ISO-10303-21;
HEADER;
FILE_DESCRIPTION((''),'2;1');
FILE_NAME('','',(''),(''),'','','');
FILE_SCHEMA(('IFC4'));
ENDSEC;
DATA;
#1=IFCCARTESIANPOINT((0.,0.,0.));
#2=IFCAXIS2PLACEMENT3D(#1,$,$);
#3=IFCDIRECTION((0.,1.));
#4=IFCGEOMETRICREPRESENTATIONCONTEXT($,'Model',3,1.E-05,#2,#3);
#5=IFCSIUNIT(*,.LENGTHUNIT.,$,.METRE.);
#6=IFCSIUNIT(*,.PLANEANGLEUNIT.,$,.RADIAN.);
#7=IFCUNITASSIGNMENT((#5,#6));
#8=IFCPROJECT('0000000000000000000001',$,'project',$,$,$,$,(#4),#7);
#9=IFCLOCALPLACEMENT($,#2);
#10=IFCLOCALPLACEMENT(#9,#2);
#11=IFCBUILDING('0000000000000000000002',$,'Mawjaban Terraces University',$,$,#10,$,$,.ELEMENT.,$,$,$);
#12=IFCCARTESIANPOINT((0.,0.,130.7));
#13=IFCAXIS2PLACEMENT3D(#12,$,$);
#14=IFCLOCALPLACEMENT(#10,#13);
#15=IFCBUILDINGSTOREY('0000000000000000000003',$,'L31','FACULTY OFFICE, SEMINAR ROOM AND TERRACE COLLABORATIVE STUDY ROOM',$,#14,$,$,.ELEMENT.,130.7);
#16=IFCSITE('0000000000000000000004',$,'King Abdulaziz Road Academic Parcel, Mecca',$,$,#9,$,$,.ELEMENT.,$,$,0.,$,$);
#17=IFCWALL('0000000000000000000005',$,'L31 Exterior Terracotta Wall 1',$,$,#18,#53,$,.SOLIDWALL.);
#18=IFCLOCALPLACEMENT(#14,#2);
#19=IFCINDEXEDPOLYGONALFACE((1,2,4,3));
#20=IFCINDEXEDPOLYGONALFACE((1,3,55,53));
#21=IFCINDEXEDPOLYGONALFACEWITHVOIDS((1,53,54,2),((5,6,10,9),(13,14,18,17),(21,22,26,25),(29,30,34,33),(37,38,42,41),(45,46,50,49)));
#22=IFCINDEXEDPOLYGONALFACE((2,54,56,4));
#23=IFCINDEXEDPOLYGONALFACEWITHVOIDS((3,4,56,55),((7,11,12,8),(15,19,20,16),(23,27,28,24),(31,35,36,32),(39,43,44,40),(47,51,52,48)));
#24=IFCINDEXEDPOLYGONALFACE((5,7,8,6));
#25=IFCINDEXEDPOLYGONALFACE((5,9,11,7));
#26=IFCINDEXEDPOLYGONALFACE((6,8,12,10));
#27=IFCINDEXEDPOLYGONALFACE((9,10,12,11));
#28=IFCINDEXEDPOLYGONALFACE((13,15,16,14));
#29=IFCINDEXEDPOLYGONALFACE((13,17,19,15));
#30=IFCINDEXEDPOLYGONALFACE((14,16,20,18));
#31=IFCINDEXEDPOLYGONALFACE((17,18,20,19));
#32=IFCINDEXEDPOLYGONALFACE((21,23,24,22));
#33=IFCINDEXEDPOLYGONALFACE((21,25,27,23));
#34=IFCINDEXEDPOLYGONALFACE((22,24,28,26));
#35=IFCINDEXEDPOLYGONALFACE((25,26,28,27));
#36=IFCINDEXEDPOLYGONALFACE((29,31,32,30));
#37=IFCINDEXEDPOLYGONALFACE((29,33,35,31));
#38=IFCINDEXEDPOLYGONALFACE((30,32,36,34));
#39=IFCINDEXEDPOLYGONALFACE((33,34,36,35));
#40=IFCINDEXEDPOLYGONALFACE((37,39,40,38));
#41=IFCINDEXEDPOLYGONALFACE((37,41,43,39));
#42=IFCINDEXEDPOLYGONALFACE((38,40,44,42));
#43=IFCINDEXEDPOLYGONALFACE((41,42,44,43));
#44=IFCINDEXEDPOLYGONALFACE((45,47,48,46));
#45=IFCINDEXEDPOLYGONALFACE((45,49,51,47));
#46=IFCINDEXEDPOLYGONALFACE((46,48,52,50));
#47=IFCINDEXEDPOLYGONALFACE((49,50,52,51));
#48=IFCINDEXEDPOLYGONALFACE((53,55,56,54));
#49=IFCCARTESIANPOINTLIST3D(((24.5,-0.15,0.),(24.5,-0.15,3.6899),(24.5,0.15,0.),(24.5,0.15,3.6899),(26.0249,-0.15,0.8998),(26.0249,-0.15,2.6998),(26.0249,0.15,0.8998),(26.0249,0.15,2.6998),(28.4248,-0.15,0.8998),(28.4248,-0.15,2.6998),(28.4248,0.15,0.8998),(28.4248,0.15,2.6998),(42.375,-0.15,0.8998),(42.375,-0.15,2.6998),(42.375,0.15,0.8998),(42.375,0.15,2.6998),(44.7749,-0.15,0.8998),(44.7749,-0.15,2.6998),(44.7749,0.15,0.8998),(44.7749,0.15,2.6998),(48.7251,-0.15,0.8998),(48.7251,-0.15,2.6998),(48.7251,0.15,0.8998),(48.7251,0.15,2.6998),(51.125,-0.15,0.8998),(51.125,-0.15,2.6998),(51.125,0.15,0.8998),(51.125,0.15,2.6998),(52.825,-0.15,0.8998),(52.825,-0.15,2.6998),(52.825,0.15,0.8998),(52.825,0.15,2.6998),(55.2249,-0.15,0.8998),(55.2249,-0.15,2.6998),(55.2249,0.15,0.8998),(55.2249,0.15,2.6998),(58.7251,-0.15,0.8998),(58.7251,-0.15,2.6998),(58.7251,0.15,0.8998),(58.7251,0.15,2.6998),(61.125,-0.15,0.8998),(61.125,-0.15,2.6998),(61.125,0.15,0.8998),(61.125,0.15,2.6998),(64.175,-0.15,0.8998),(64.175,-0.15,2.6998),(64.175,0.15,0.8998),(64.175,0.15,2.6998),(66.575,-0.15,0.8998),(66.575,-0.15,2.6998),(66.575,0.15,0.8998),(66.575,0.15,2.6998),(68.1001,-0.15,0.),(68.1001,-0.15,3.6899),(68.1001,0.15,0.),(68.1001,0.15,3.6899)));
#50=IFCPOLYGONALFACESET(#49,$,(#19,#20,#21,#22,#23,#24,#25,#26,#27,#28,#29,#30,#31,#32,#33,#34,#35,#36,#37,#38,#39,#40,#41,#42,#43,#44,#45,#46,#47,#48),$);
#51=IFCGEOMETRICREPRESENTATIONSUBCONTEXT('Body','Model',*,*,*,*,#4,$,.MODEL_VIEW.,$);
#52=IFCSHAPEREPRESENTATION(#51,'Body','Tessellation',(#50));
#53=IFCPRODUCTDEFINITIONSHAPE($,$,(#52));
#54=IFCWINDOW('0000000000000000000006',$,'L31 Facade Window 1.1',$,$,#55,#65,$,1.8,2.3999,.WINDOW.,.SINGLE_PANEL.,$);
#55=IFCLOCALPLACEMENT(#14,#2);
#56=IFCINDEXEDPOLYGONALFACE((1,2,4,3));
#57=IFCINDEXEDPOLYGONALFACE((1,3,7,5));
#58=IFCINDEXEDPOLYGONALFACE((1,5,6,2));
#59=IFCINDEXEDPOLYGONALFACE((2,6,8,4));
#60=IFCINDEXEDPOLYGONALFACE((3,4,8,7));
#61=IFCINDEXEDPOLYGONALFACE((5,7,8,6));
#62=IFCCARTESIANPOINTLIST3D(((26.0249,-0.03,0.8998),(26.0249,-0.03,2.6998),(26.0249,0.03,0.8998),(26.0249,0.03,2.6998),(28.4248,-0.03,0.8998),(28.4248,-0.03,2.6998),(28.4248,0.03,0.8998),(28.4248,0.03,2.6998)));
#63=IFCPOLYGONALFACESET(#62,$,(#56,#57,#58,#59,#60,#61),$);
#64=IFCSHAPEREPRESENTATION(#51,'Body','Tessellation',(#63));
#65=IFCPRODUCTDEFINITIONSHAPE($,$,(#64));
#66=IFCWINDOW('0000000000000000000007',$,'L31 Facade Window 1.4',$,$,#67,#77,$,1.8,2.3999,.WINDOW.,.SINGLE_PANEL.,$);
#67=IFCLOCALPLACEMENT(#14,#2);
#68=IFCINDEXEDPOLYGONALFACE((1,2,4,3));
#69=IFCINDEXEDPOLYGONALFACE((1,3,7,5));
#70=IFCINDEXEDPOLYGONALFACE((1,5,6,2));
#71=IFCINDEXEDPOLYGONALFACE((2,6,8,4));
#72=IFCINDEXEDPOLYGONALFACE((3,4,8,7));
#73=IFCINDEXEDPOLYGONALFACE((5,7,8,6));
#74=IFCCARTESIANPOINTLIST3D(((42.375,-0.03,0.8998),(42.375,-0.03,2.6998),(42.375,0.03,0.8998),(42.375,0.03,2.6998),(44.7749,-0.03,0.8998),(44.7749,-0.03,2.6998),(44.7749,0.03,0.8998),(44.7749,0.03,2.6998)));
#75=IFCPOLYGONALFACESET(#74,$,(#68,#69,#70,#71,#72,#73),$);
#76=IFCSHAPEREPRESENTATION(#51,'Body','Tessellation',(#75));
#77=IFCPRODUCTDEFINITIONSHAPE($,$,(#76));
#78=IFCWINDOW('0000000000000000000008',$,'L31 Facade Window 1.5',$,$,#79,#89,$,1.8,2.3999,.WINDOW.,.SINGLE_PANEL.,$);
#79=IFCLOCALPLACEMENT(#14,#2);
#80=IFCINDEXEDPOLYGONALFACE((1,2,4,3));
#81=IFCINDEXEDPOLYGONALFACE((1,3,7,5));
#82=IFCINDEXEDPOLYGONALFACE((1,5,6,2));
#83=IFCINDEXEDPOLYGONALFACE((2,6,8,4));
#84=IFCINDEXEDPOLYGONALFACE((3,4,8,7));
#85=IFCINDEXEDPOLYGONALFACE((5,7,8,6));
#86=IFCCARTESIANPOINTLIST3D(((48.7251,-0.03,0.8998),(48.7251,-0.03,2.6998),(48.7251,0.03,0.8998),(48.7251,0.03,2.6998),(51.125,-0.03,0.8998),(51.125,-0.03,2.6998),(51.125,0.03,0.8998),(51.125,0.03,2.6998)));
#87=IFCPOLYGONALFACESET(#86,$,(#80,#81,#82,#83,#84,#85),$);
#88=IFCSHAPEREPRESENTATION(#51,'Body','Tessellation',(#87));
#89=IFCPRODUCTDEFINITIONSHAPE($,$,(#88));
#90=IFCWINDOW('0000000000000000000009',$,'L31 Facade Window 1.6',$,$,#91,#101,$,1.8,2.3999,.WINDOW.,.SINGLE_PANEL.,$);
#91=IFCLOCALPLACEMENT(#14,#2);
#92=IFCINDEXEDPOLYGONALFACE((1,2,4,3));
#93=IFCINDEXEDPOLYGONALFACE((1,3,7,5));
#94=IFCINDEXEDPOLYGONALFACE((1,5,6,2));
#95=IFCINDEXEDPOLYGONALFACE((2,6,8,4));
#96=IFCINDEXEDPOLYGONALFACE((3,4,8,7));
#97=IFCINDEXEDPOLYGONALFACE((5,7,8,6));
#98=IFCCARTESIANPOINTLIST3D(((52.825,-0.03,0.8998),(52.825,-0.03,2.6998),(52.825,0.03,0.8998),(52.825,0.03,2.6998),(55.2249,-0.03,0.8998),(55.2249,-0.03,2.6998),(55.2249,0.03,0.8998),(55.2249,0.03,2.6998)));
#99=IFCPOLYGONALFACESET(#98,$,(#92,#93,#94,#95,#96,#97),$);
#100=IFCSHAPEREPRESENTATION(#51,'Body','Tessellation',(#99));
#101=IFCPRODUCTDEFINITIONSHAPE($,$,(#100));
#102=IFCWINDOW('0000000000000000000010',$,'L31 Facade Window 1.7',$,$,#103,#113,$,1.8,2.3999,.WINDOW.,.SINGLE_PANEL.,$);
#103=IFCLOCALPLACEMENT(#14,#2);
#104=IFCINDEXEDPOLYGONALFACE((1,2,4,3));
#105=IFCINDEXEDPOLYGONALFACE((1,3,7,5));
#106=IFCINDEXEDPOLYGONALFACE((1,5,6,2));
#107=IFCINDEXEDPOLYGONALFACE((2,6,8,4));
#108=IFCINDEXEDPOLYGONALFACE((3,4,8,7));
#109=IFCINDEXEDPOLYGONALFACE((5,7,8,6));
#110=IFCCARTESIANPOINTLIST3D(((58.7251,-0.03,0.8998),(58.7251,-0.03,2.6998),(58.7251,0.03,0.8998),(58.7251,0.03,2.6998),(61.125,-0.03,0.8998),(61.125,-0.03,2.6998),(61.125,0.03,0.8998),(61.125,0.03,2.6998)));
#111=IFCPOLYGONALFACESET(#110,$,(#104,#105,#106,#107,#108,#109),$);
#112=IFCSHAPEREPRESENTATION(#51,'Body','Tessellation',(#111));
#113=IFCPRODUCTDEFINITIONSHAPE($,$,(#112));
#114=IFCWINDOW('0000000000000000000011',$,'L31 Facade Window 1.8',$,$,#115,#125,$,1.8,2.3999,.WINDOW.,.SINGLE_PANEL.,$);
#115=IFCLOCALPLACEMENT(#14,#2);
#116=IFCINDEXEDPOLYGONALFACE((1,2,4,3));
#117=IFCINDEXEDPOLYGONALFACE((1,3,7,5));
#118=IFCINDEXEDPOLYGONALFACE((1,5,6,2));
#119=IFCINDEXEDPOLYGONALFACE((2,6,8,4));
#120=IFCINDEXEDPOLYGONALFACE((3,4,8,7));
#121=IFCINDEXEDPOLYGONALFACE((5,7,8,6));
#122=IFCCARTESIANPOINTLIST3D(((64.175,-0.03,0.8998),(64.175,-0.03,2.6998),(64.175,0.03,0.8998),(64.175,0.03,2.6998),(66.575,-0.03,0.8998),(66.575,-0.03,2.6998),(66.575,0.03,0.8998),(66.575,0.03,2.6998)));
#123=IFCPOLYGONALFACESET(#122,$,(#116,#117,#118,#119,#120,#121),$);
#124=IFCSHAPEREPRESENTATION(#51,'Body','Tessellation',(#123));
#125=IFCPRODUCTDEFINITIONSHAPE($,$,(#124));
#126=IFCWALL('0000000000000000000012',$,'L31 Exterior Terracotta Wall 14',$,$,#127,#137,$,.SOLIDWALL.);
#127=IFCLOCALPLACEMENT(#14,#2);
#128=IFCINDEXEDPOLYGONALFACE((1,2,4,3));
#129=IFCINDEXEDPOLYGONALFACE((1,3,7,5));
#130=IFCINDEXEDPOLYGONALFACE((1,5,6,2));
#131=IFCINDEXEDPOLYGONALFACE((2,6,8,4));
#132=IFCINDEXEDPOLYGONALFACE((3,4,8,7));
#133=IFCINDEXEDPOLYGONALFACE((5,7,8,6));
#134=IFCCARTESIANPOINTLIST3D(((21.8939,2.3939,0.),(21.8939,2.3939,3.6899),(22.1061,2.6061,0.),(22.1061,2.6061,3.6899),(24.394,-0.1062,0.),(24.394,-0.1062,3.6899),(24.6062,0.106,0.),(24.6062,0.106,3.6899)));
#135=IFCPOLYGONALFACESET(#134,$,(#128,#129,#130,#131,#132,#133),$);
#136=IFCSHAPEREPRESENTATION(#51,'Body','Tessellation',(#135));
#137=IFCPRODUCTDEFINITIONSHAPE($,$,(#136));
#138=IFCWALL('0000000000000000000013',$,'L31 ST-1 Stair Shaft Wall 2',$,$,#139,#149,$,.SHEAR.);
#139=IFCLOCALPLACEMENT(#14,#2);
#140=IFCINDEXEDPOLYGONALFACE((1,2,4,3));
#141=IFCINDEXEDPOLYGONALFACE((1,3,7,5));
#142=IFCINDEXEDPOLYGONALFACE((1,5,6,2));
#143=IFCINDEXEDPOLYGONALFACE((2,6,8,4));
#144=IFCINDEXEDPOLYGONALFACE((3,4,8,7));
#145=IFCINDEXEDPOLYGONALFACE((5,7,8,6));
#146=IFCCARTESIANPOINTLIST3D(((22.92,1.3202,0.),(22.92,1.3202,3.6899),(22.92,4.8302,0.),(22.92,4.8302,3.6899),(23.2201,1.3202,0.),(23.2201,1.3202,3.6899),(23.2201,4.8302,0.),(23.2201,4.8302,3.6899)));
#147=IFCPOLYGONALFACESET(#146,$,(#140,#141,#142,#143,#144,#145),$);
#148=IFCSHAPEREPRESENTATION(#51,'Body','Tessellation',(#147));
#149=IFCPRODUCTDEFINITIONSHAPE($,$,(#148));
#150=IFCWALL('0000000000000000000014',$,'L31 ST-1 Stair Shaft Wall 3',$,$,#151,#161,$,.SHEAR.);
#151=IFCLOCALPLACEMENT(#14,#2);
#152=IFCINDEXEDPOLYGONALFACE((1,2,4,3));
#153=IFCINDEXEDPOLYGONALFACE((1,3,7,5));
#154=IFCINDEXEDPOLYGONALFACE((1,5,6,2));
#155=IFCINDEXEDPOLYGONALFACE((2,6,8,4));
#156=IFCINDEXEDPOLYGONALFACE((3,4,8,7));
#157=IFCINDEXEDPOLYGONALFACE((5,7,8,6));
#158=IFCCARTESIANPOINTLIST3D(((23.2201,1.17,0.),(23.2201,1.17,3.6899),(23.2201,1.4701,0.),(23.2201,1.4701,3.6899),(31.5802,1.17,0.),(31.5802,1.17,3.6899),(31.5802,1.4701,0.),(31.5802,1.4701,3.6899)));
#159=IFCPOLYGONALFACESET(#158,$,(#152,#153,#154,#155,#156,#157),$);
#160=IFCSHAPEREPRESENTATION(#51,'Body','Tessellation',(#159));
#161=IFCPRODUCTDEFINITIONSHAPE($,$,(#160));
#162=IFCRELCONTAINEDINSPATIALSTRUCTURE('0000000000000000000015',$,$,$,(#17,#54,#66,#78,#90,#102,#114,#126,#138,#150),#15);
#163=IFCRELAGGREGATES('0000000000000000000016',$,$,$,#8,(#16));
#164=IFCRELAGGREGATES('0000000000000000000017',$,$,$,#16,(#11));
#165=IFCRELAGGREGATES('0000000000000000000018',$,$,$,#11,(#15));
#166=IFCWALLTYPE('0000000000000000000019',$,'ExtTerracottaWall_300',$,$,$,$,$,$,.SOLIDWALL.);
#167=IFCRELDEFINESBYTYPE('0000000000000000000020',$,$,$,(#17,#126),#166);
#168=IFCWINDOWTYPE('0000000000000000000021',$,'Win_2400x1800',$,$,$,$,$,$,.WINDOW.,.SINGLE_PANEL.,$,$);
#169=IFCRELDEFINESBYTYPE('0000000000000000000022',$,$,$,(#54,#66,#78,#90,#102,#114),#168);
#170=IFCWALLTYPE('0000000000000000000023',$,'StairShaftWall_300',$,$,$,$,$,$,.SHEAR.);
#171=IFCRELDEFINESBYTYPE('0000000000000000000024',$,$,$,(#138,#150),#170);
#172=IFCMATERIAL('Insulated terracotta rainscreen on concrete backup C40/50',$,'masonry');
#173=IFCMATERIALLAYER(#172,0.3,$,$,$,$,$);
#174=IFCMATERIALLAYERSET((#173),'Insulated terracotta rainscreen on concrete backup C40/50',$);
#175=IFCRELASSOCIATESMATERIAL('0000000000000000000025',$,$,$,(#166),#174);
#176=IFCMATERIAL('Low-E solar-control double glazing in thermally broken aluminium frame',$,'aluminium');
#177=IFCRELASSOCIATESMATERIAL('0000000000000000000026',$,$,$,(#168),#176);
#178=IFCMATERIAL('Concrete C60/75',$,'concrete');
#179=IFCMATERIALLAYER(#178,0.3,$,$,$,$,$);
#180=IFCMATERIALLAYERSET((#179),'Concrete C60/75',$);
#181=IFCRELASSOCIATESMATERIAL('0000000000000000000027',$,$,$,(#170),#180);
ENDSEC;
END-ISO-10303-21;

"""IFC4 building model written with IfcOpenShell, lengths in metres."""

from ifc_helpers import new_model, si_unit, direction, frame, frame_2d, origin, place, context, subcontext, project, spatial, rectangle, extrude, material, layer, layer_set, type_object, element, fill, save


model = new_model("IFC4")

# Units and contexts
model_context = context("Model", 3, precision=1e-05, world=origin(), true_north=direction((0.0, 1.0)))
body_context = subcontext(model_context, "Body", "Model", "MODEL_VIEW")
ifc_project = project(units=[si_unit("LENGTHUNIT", "METRE"), si_unit("PLANEANGLEUNIT", "RADIAN")], contexts=[model_context])

# Site, building, storey
site_placement = place(None, origin())
site = spatial("IfcSite", under=ifc_project, at=site_placement, Name="King Abdulaziz Road Academic Parcel, Mecca", CompositionType="ELEMENT", RefElevation=0.0)
building_placement = place(site_placement, origin())
building = spatial("IfcBuilding", under=site, at=building_placement, Name="Mawjaban Terraces University", CompositionType="ELEMENT")
storey_placement = place(building_placement, frame((0.0, 0.0, 130.7)))
storey = spatial("IfcBuildingStorey", under=building, at=storey_placement, Name="L31", Description="FACULTY OFFICE, SEMINAR ROOM AND TERRACE COLLABORATIVE STUDY ROOM", CompositionType="ELEMENT", Elevation=130.7)

# Shared definitions
ifc_material_1 = material(Name="Concrete C60/75", Category="concrete")

# Wall, openings, windows
ifc_material_2 = material(Name="Insulated terracotta rainscreen on concrete backup C40/50", Category="masonry")
ifc_layer_1 = layer(ifc_material_2, 0.3)
ifc_layer_set_1 = layer_set([ifc_layer_1], Name="Insulated terracotta rainscreen on concrete backup C40/50")
wall_type_1 = type_object("IfcWallType", Name="ExtTerracottaWall_300", PredefinedType="SOLIDWALL", material=ifc_layer_set_1)
wall_1_placement = place(storey_placement, frame((24.5, 0.0, 0.0), z_axis=(0.0, 0.0, 1.0), x_axis=(1.0, 0.0, 0.0)))
wall_1 = element("IfcWall", 1, at=wall_1_placement, inside=storey, type_object=wall_type_1, Name="L31 Exterior Terracotta Wall 1", PredefinedType="SOLIDWALL", context=body_context, shape_type="SweptSolid", body=[
    extrude(rectangle(XDim=43.6001, YDim=0.3, at=frame_2d((21.8, 0.0))), origin(), (0.0, 0.0, 1.0), 3.6899),
])
opening_1_placement = place(wall_1_placement, frame((1.5249, 0.0, 0.8999)))
opening_1 = element("IfcOpeningElement", 2, at=opening_1_placement, cuts=wall_1, PredefinedType="OPENING", context=body_context, shape_type="SweptSolid", body=[
    extrude(rectangle(XDim=2.3999, YDim=1.8, at=frame_2d((1.2, 0.8999))), frame((0.0, 0.1599, 0.0), z_axis=(0.0, -1.0, 0.0), x_axis=(1.0, 0.0, 0.0)), (0.0, 0.0, 1.0), 0.3201),
])
opening_2_placement = place(wall_1_placement, frame((17.875, 0.0, 0.8999)))
opening_2 = element("IfcOpeningElement", 3, at=opening_2_placement, cuts=wall_1, PredefinedType="OPENING", context=body_context, shape_type="SweptSolid", body=[
    extrude(rectangle(XDim=2.3999, YDim=1.8, at=frame_2d((1.2, 0.8999))), frame((0.0, 0.1599, 0.0), z_axis=(0.0, -1.0, 0.0), x_axis=(1.0, 0.0, 0.0)), (0.0, 0.0, 1.0), 0.3201),
])
opening_3_placement = place(wall_1_placement, frame((24.2251, 0.0, 0.8999)))
opening_3 = element("IfcOpeningElement", 4, at=opening_3_placement, cuts=wall_1, PredefinedType="OPENING", context=body_context, shape_type="SweptSolid", body=[
    extrude(rectangle(XDim=2.3999, YDim=1.8, at=frame_2d((1.2, 0.8999))), frame((0.0, 0.1599, 0.0), z_axis=(0.0, -1.0, 0.0), x_axis=(1.0, 0.0, 0.0)), (0.0, 0.0, 1.0), 0.3201),
])
opening_4_placement = place(wall_1_placement, frame((28.325, 0.0, 0.8999)))
opening_4 = element("IfcOpeningElement", 5, at=opening_4_placement, cuts=wall_1, PredefinedType="OPENING", context=body_context, shape_type="SweptSolid", body=[
    extrude(rectangle(XDim=2.3999, YDim=1.8, at=frame_2d((1.2, 0.8999))), frame((0.0, 0.1599, 0.0), z_axis=(0.0, -1.0, 0.0), x_axis=(1.0, 0.0, 0.0)), (0.0, 0.0, 1.0), 0.3201),
])
opening_5_placement = place(wall_1_placement, frame((34.2251, 0.0, 0.8999)))
opening_5 = element("IfcOpeningElement", 6, at=opening_5_placement, cuts=wall_1, PredefinedType="OPENING", context=body_context, shape_type="SweptSolid", body=[
    extrude(rectangle(XDim=2.3999, YDim=1.8, at=frame_2d((1.2, 0.8999))), frame((0.0, 0.1599, 0.0), z_axis=(0.0, -1.0, 0.0), x_axis=(1.0, 0.0, 0.0)), (0.0, 0.0, 1.0), 0.3201),
])
opening_6_placement = place(wall_1_placement, frame((39.675, 0.0, 0.8999)))
opening_6 = element("IfcOpeningElement", 7, at=opening_6_placement, cuts=wall_1, PredefinedType="OPENING", context=body_context, shape_type="SweptSolid", body=[
    extrude(rectangle(XDim=2.3999, YDim=1.8, at=frame_2d((1.2, 0.8999))), frame((0.0, 0.1599, 0.0), z_axis=(0.0, -1.0, 0.0), x_axis=(1.0, 0.0, 0.0)), (0.0, 0.0, 1.0), 0.3201),
])
ifc_material_3 = material(Name="Low-E solar-control double glazing in thermally broken aluminium frame", Category="aluminium")
window_type = type_object("IfcWindowType", Name="Win_2400x1800", PartitioningType="SINGLE_PANEL", PredefinedType="WINDOW", material=ifc_material_3)
window_1_placement = place(opening_1_placement, origin())
window_1 = element("IfcWindow", 8, at=window_1_placement, inside=storey, type_object=window_type, Name="L31 Facade Window 1.1", OverallHeight=1.8, OverallWidth=2.3999, PartitioningType="SINGLE_PANEL", PredefinedType="WINDOW", context=body_context, shape_type="SweptSolid", body=[
    extrude(rectangle(XDim=2.3999, YDim=1.8, at=frame_2d((1.2, 0.8999))), frame((0.0, 0.03, 0.0), z_axis=(0.0, -1.0, 0.0), x_axis=(1.0, 0.0, 0.0)), (0.0, 0.0, 1.0), 0.0601),
])
fill(opening_1, window_1)
window_2_placement = place(opening_2_placement, origin())
window_2 = element("IfcWindow", 9, at=window_2_placement, inside=storey, type_object=window_type, Name="L31 Facade Window 1.4", OverallHeight=1.8, OverallWidth=2.3999, PartitioningType="SINGLE_PANEL", PredefinedType="WINDOW", context=body_context, shape_type="SweptSolid", body=[
    extrude(rectangle(XDim=2.3999, YDim=1.8, at=frame_2d((1.2, 0.8999))), frame((0.0, 0.03, 0.0), z_axis=(0.0, -1.0, 0.0), x_axis=(1.0, 0.0, 0.0)), (0.0, 0.0, 1.0), 0.0601),
])
fill(opening_2, window_2)
window_3_placement = place(opening_3_placement, origin())
window_3 = element("IfcWindow", 10, at=window_3_placement, inside=storey, type_object=window_type, Name="L31 Facade Window 1.5", OverallHeight=1.8, OverallWidth=2.3999, PartitioningType="SINGLE_PANEL", PredefinedType="WINDOW", context=body_context, shape_type="SweptSolid", body=[
    extrude(rectangle(XDim=2.3999, YDim=1.8, at=frame_2d((1.2, 0.8999))), frame((0.0, 0.03, 0.0), z_axis=(0.0, -1.0, 0.0), x_axis=(1.0, 0.0, 0.0)), (0.0, 0.0, 1.0), 0.0601),
])
fill(opening_3, window_3)
window_4_placement = place(opening_4_placement, origin())
window_4 = element("IfcWindow", 11, at=window_4_placement, inside=storey, type_object=window_type, Name="L31 Facade Window 1.6", OverallHeight=1.8, OverallWidth=2.3999, PartitioningType="SINGLE_PANEL", PredefinedType="WINDOW", context=body_context, shape_type="SweptSolid", body=[
    extrude(rectangle(XDim=2.3999, YDim=1.8, at=frame_2d((1.2, 0.8999))), frame((0.0, 0.03, 0.0), z_axis=(0.0, -1.0, 0.0), x_axis=(1.0, 0.0, 0.0)), (0.0, 0.0, 1.0), 0.0601),
])
fill(opening_4, window_4)
window_5_placement = place(opening_5_placement, origin())
window_5 = element("IfcWindow", 12, at=window_5_placement, inside=storey, type_object=window_type, Name="L31 Facade Window 1.7", OverallHeight=1.8, OverallWidth=2.3999, PartitioningType="SINGLE_PANEL", PredefinedType="WINDOW", context=body_context, shape_type="SweptSolid", body=[
    extrude(rectangle(XDim=2.3999, YDim=1.8, at=frame_2d((1.2, 0.8999))), frame((0.0, 0.03, 0.0), z_axis=(0.0, -1.0, 0.0), x_axis=(1.0, 0.0, 0.0)), (0.0, 0.0, 1.0), 0.0601),
])
fill(opening_5, window_5)
window_6_placement = place(opening_6_placement, origin())
window_6 = element("IfcWindow", 13, at=window_6_placement, inside=storey, type_object=window_type, Name="L31 Facade Window 1.8", OverallHeight=1.8, OverallWidth=2.3999, PartitioningType="SINGLE_PANEL", PredefinedType="WINDOW", context=body_context, shape_type="SweptSolid", body=[
    extrude(rectangle(XDim=2.3999, YDim=1.8, at=frame_2d((1.2, 0.8999))), frame((0.0, 0.03, 0.0), z_axis=(0.0, -1.0, 0.0), x_axis=(1.0, 0.0, 0.0)), (0.0, 0.0, 1.0), 0.0601),
])
fill(opening_6, window_6)

# Walls
wall_2_placement = place(storey_placement, frame((22.0, 2.5, 0.0), z_axis=(0.0, 0.0, 1.0), x_axis=(0.707107, -0.707107, 0.0)))
element("IfcWall", 14, at=wall_2_placement, inside=storey, type_object=wall_type_1, Name="L31 Exterior Terracotta Wall 14", PredefinedType="SOLIDWALL", context=body_context, shape_type="SweptSolid", body=[
    extrude(rectangle(XDim=3.5356, YDim=0.3, at=frame_2d((1.7678, 0.0))), origin(), (0.0, 0.0, 1.0), 3.6899),
])
ifc_layer_2 = layer(ifc_material_1, 0.3)
ifc_layer_set_2 = layer_set([ifc_layer_2], Name="Concrete C60/75")
wall_type_2 = type_object("IfcWallType", Name="StairShaftWall_300", PredefinedType="SHEAR", material=ifc_layer_set_2)
wall_3_placement = place(storey_placement, frame((23.0701, 4.8301, 0.0), z_axis=(0.0, 0.0, 1.0), x_axis=(0.0, -1.0, 0.0)))
element("IfcWall", 15, at=wall_3_placement, inside=storey, type_object=wall_type_2, Name="L31 ST-1 Stair Shaft Wall 2", PredefinedType="SHEAR", context=body_context, shape_type="SweptSolid", body=[
    extrude(rectangle(XDim=3.51, YDim=0.3, at=frame_2d((1.7549, 0.0))), origin(), (0.0, 0.0, 1.0), 3.6899),
])
wall_4_placement = place(storey_placement, frame((23.22, 1.3201, 0.0), z_axis=(0.0, 0.0, 1.0), x_axis=(1.0, 0.0, 0.0)))
element("IfcWall", 16, at=wall_4_placement, inside=storey, type_object=wall_type_2, Name="L31 ST-1 Stair Shaft Wall 3", PredefinedType="SHEAR", context=body_context, shape_type="SweptSolid", body=[
    extrude(rectangle(XDim=8.3601, YDim=0.3, at=frame_2d((4.1802, 0.0))), origin(), (0.0, 0.0, 1.0), 3.6899),
])

save(model, "model.ifc")
